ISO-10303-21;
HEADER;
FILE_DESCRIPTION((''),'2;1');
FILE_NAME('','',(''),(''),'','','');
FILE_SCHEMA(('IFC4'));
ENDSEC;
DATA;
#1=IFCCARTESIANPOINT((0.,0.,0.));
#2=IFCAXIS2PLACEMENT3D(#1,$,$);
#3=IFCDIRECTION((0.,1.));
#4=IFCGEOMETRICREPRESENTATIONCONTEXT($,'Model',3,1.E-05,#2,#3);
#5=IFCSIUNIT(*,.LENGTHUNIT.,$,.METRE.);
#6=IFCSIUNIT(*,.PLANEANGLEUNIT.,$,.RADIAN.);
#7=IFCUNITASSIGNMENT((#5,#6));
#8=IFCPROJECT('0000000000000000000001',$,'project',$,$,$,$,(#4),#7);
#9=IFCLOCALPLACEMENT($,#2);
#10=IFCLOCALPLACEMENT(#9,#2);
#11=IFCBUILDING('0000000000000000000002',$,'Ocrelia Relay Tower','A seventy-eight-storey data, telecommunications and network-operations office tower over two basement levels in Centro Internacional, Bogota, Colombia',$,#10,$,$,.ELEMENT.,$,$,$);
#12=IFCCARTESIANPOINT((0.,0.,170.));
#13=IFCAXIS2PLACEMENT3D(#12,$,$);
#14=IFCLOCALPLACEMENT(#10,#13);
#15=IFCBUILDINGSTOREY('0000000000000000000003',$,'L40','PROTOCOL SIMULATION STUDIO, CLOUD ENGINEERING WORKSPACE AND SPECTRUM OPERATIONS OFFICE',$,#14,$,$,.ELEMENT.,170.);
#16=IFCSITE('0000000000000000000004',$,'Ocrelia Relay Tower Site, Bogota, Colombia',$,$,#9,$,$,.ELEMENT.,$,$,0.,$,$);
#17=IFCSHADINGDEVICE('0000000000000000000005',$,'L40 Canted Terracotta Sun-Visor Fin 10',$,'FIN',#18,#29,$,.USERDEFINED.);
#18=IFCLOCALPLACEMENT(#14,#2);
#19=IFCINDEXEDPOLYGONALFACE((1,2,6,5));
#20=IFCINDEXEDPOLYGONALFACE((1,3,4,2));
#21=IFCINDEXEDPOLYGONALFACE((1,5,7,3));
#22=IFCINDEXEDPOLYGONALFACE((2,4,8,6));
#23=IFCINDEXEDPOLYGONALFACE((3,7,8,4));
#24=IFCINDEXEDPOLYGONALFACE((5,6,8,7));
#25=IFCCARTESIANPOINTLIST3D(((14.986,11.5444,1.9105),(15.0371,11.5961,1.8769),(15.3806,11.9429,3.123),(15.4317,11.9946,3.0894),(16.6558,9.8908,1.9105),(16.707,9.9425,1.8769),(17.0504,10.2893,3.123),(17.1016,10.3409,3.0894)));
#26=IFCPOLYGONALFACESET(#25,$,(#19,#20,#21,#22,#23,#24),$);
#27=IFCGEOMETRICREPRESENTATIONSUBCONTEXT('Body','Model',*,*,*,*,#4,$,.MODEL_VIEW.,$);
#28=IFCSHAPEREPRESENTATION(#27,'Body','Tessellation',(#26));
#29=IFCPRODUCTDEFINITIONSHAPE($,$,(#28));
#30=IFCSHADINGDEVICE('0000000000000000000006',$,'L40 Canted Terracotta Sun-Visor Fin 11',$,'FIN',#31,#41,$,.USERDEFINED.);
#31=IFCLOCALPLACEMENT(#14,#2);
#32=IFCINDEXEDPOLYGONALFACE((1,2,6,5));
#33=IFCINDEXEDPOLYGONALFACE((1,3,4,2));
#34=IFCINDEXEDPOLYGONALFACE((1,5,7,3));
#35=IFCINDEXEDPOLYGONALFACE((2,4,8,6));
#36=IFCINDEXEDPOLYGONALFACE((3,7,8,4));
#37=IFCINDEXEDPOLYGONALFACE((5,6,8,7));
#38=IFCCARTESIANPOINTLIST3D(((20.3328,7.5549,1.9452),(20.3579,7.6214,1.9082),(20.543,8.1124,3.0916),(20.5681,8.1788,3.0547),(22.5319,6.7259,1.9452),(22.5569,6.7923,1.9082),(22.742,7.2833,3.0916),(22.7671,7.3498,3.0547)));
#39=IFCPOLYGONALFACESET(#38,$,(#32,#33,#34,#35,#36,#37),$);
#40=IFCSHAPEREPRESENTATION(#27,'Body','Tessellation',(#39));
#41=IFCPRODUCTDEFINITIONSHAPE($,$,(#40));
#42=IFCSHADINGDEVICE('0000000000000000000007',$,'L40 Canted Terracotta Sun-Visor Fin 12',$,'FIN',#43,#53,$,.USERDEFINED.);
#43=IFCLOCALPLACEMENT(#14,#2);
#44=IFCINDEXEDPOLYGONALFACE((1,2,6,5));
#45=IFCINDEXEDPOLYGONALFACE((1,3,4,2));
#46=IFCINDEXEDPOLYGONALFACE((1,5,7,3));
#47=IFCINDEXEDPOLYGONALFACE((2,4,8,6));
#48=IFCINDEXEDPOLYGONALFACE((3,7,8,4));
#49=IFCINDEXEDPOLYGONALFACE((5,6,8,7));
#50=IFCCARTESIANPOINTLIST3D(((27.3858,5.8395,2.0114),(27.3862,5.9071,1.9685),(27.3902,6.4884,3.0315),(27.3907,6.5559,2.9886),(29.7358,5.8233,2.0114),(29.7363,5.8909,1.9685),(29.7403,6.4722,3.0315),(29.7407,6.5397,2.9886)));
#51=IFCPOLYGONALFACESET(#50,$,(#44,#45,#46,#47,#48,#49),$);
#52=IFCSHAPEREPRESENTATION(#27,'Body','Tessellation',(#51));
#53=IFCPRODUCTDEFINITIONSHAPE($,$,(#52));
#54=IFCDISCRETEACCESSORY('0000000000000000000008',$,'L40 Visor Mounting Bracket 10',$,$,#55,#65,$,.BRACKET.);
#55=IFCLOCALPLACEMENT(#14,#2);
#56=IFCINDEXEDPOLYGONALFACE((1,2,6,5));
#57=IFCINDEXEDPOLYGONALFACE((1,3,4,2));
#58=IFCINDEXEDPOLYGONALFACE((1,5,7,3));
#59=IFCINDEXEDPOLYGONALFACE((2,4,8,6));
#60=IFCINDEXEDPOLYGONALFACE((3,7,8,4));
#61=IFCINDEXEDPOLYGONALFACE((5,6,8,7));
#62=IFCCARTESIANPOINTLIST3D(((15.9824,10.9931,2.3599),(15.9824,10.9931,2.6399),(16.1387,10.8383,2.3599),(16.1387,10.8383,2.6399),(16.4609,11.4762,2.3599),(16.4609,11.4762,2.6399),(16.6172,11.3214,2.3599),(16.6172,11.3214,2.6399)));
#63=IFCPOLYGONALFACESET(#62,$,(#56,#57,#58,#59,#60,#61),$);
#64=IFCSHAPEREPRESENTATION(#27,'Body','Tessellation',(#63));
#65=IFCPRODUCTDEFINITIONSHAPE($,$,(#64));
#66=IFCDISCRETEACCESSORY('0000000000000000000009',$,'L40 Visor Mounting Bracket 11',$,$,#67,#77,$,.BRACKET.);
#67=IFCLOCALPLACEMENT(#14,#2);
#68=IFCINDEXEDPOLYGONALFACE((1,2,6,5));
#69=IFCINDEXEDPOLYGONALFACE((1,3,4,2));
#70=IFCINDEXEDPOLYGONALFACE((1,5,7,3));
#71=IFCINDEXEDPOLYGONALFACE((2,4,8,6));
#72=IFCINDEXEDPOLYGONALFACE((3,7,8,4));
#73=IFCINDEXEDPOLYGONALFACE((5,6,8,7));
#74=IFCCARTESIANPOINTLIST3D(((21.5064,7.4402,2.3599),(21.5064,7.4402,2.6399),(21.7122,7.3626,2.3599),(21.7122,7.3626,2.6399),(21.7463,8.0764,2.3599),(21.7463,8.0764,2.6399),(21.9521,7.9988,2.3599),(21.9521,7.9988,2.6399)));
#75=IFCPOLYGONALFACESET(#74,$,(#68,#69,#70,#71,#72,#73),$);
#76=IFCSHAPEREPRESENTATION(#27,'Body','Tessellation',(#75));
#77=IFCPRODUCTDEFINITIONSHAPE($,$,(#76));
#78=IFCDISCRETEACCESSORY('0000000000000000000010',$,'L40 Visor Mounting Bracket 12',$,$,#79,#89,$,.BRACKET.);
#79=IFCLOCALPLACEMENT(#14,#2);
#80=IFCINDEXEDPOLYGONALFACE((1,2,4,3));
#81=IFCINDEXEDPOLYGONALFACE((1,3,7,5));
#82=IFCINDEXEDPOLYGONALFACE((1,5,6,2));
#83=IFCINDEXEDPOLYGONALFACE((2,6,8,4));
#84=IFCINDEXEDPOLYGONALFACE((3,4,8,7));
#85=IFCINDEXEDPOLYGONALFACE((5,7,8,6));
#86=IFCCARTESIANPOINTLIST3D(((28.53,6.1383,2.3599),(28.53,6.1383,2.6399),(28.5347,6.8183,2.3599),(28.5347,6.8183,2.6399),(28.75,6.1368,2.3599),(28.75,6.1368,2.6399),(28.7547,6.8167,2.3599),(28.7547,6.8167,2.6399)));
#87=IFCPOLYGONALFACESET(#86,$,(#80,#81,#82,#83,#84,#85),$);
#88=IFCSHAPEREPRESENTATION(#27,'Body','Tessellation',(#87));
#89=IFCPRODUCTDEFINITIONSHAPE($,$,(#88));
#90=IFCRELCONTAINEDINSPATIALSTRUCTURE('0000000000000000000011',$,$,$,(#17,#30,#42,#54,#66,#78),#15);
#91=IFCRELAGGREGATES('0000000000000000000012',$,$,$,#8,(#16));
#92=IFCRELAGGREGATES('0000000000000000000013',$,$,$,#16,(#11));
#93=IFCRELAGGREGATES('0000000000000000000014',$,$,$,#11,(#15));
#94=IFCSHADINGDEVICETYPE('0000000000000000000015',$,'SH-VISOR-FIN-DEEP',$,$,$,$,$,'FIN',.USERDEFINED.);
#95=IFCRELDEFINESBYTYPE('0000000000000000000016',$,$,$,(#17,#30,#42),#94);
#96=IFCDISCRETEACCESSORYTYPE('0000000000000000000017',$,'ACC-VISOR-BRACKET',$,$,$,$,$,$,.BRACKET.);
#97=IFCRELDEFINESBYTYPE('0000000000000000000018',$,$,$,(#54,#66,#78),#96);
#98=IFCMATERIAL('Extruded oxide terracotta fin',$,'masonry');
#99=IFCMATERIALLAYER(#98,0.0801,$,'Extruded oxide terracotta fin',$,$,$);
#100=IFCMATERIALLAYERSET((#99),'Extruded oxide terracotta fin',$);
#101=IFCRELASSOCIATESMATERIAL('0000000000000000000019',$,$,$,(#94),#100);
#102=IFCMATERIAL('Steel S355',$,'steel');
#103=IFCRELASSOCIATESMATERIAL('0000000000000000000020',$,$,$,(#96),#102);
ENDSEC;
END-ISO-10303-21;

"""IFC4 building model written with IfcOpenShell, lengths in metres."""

from ifc_helpers import new_model, si_unit, direction, frame, origin, origin_2d, place, context, subcontext, project, spatial, rectangle, extrude, material, layer, layer_set, type_object, element, save


model = new_model("IFC4")

# Units and contexts
model_context = context("Model", 3, precision=1e-05, world=origin(), true_north=direction((0.0, 1.0)))
body_context = subcontext(model_context, "Body", "Model", "MODEL_VIEW")
ifc_project = project(units=[si_unit("LENGTHUNIT", "METRE"), si_unit("PLANEANGLEUNIT", "RADIAN")], contexts=[model_context])

# Site, building, storey
site_placement = place(None, origin())
site = spatial("IfcSite", under=ifc_project, at=site_placement, Name="Ocrelia Relay Tower Site, Bogota, Colombia", CompositionType="ELEMENT", RefElevation=0.0)
building_placement = place(site_placement, origin())
building = spatial("IfcBuilding", under=site, at=building_placement, Name="Ocrelia Relay Tower", Description="A seventy-eight-storey data, telecommunications and network-operations office tower over two basement levels in Centro Internacional, Bogota, Colombia", CompositionType="ELEMENT")
storey_placement = place(building_placement, frame((0.0, 0.0, 170.0)))
storey = spatial("IfcBuildingStorey", under=building, at=storey_placement, Name="L40", Description="PROTOCOL SIMULATION STUDIO, CLOUD ENGINEERING WORKSPACE AND SPECTRUM OPERATIONS OFFICE", CompositionType="ELEMENT", Elevation=170.0)

# Shared definitions
ifc_material_1 = material(Name="Steel S355", Category="steel")

# Shading devices
ifc_material_2 = material(Name="Extruded oxide terracotta fin", Category="masonry")
ifc_layer_1 = layer(ifc_material_2, 0.0801, Name="Extruded oxide terracotta fin")
ifc_layer_set_1 = layer_set([ifc_layer_1], Name="Extruded oxide terracotta fin")
shading_device_type_1 = type_object("IfcShadingDeviceType", Name="SH-VISOR-FIN-DEEP", ElementType="FIN", PredefinedType="USERDEFINED", material=ifc_layer_set_1)
shading_device_1_placement = place(storey_placement, frame((16.0693, 10.9685, 2.4832), z_axis=(-0.638649, -0.644919, 0.419769), x_axis=(0.710552, -0.703644, 0.0)))
element("IfcShadingDevice", 1, at=shading_device_1_placement, inside=storey, type_object=shading_device_type_1, Name="L40 Canted Terracotta Sun-Visor Fin 10", ObjectType="FIN", PredefinedType="USERDEFINED", context=body_context, shape_type="SweptSolid", body=[
    extrude(rectangle(XDim=2.3501, YDim=1.3359, at=origin_2d()), origin(), (0.0, 0.0, 1.0), 0.0801),
])
shading_device_2_placement = place(storey_placement, frame((21.5625, 7.4856, 2.4814), z_axis=(-0.313019, -0.830288, 0.461129), x_axis=(0.935712, -0.352764, 0.0)))
element("IfcShadingDevice", 2, at=shading_device_2_placement, inside=storey, type_object=shading_device_type_1, Name="L40 Canted Terracotta Sun-Visor Fin 11", ObjectType="FIN", PredefinedType="USERDEFINED", context=body_context, shape_type="SweptSolid", body=[
    extrude(rectangle(XDim=2.3501, YDim=1.292, at=origin_2d()), origin(), (0.0, 0.0, 1.0), 0.0801),
])
shading_device_3_placement = place(storey_placement, frame((28.5635, 6.2234, 2.4785), z_axis=(-0.005817, -0.843746, 0.536711), x_axis=(0.999976, -0.006894, 0.0)))
element("IfcShadingDevice", 3, at=shading_device_3_placement, inside=storey, type_object=shading_device_type_1, Name="L40 Canted Terracotta Sun-Visor Fin 12", ObjectType="FIN", PredefinedType="USERDEFINED", context=body_context, shape_type="SweptSolid", body=[
    extrude(rectangle(XDim=2.3501, YDim=1.209, at=origin_2d()), origin(), (0.0, 0.0, 1.0), 0.0801),
])

# Discrete accessories
discrete_accessory_type = type_object("IfcDiscreteAccessoryType", Name="ACC-VISOR-BRACKET", PredefinedType="BRACKET", material=ifc_material_1)
for number, where, z_axis, x_axis, name in (
    (4, (16.2998, 11.1572, 2.3599), (0.0, 0.0, 1.0), (0.710552, -0.703644, 0.0), "L40 Visor Mounting Bracket 10"),
    (5, (21.7292, 7.7195, 2.3599), (0.0, 0.0, 1.0), (0.935712, -0.352764, 0.0), "L40 Visor Mounting Bracket 11"),
    (6, (28.6423, 6.4775, 2.3599), (0.0, 0.0, 1.0), (0.999976, -0.006894, 0.0), "L40 Visor Mounting Bracket 12"),
):
    element("IfcDiscreteAccessory", number, at=place(storey_placement, frame(where, z_axis=z_axis, x_axis=x_axis)), inside=storey, type_object=discrete_accessory_type, Name=name, PredefinedType="BRACKET", context=body_context, shape_type="SweptSolid", body=[
        extrude(rectangle(XDim=0.22, YDim=0.6799, at=origin_2d()), origin(), (0.0, 0.0, 1.0), 0.28),
    ])

save(model, "model.ifc")
